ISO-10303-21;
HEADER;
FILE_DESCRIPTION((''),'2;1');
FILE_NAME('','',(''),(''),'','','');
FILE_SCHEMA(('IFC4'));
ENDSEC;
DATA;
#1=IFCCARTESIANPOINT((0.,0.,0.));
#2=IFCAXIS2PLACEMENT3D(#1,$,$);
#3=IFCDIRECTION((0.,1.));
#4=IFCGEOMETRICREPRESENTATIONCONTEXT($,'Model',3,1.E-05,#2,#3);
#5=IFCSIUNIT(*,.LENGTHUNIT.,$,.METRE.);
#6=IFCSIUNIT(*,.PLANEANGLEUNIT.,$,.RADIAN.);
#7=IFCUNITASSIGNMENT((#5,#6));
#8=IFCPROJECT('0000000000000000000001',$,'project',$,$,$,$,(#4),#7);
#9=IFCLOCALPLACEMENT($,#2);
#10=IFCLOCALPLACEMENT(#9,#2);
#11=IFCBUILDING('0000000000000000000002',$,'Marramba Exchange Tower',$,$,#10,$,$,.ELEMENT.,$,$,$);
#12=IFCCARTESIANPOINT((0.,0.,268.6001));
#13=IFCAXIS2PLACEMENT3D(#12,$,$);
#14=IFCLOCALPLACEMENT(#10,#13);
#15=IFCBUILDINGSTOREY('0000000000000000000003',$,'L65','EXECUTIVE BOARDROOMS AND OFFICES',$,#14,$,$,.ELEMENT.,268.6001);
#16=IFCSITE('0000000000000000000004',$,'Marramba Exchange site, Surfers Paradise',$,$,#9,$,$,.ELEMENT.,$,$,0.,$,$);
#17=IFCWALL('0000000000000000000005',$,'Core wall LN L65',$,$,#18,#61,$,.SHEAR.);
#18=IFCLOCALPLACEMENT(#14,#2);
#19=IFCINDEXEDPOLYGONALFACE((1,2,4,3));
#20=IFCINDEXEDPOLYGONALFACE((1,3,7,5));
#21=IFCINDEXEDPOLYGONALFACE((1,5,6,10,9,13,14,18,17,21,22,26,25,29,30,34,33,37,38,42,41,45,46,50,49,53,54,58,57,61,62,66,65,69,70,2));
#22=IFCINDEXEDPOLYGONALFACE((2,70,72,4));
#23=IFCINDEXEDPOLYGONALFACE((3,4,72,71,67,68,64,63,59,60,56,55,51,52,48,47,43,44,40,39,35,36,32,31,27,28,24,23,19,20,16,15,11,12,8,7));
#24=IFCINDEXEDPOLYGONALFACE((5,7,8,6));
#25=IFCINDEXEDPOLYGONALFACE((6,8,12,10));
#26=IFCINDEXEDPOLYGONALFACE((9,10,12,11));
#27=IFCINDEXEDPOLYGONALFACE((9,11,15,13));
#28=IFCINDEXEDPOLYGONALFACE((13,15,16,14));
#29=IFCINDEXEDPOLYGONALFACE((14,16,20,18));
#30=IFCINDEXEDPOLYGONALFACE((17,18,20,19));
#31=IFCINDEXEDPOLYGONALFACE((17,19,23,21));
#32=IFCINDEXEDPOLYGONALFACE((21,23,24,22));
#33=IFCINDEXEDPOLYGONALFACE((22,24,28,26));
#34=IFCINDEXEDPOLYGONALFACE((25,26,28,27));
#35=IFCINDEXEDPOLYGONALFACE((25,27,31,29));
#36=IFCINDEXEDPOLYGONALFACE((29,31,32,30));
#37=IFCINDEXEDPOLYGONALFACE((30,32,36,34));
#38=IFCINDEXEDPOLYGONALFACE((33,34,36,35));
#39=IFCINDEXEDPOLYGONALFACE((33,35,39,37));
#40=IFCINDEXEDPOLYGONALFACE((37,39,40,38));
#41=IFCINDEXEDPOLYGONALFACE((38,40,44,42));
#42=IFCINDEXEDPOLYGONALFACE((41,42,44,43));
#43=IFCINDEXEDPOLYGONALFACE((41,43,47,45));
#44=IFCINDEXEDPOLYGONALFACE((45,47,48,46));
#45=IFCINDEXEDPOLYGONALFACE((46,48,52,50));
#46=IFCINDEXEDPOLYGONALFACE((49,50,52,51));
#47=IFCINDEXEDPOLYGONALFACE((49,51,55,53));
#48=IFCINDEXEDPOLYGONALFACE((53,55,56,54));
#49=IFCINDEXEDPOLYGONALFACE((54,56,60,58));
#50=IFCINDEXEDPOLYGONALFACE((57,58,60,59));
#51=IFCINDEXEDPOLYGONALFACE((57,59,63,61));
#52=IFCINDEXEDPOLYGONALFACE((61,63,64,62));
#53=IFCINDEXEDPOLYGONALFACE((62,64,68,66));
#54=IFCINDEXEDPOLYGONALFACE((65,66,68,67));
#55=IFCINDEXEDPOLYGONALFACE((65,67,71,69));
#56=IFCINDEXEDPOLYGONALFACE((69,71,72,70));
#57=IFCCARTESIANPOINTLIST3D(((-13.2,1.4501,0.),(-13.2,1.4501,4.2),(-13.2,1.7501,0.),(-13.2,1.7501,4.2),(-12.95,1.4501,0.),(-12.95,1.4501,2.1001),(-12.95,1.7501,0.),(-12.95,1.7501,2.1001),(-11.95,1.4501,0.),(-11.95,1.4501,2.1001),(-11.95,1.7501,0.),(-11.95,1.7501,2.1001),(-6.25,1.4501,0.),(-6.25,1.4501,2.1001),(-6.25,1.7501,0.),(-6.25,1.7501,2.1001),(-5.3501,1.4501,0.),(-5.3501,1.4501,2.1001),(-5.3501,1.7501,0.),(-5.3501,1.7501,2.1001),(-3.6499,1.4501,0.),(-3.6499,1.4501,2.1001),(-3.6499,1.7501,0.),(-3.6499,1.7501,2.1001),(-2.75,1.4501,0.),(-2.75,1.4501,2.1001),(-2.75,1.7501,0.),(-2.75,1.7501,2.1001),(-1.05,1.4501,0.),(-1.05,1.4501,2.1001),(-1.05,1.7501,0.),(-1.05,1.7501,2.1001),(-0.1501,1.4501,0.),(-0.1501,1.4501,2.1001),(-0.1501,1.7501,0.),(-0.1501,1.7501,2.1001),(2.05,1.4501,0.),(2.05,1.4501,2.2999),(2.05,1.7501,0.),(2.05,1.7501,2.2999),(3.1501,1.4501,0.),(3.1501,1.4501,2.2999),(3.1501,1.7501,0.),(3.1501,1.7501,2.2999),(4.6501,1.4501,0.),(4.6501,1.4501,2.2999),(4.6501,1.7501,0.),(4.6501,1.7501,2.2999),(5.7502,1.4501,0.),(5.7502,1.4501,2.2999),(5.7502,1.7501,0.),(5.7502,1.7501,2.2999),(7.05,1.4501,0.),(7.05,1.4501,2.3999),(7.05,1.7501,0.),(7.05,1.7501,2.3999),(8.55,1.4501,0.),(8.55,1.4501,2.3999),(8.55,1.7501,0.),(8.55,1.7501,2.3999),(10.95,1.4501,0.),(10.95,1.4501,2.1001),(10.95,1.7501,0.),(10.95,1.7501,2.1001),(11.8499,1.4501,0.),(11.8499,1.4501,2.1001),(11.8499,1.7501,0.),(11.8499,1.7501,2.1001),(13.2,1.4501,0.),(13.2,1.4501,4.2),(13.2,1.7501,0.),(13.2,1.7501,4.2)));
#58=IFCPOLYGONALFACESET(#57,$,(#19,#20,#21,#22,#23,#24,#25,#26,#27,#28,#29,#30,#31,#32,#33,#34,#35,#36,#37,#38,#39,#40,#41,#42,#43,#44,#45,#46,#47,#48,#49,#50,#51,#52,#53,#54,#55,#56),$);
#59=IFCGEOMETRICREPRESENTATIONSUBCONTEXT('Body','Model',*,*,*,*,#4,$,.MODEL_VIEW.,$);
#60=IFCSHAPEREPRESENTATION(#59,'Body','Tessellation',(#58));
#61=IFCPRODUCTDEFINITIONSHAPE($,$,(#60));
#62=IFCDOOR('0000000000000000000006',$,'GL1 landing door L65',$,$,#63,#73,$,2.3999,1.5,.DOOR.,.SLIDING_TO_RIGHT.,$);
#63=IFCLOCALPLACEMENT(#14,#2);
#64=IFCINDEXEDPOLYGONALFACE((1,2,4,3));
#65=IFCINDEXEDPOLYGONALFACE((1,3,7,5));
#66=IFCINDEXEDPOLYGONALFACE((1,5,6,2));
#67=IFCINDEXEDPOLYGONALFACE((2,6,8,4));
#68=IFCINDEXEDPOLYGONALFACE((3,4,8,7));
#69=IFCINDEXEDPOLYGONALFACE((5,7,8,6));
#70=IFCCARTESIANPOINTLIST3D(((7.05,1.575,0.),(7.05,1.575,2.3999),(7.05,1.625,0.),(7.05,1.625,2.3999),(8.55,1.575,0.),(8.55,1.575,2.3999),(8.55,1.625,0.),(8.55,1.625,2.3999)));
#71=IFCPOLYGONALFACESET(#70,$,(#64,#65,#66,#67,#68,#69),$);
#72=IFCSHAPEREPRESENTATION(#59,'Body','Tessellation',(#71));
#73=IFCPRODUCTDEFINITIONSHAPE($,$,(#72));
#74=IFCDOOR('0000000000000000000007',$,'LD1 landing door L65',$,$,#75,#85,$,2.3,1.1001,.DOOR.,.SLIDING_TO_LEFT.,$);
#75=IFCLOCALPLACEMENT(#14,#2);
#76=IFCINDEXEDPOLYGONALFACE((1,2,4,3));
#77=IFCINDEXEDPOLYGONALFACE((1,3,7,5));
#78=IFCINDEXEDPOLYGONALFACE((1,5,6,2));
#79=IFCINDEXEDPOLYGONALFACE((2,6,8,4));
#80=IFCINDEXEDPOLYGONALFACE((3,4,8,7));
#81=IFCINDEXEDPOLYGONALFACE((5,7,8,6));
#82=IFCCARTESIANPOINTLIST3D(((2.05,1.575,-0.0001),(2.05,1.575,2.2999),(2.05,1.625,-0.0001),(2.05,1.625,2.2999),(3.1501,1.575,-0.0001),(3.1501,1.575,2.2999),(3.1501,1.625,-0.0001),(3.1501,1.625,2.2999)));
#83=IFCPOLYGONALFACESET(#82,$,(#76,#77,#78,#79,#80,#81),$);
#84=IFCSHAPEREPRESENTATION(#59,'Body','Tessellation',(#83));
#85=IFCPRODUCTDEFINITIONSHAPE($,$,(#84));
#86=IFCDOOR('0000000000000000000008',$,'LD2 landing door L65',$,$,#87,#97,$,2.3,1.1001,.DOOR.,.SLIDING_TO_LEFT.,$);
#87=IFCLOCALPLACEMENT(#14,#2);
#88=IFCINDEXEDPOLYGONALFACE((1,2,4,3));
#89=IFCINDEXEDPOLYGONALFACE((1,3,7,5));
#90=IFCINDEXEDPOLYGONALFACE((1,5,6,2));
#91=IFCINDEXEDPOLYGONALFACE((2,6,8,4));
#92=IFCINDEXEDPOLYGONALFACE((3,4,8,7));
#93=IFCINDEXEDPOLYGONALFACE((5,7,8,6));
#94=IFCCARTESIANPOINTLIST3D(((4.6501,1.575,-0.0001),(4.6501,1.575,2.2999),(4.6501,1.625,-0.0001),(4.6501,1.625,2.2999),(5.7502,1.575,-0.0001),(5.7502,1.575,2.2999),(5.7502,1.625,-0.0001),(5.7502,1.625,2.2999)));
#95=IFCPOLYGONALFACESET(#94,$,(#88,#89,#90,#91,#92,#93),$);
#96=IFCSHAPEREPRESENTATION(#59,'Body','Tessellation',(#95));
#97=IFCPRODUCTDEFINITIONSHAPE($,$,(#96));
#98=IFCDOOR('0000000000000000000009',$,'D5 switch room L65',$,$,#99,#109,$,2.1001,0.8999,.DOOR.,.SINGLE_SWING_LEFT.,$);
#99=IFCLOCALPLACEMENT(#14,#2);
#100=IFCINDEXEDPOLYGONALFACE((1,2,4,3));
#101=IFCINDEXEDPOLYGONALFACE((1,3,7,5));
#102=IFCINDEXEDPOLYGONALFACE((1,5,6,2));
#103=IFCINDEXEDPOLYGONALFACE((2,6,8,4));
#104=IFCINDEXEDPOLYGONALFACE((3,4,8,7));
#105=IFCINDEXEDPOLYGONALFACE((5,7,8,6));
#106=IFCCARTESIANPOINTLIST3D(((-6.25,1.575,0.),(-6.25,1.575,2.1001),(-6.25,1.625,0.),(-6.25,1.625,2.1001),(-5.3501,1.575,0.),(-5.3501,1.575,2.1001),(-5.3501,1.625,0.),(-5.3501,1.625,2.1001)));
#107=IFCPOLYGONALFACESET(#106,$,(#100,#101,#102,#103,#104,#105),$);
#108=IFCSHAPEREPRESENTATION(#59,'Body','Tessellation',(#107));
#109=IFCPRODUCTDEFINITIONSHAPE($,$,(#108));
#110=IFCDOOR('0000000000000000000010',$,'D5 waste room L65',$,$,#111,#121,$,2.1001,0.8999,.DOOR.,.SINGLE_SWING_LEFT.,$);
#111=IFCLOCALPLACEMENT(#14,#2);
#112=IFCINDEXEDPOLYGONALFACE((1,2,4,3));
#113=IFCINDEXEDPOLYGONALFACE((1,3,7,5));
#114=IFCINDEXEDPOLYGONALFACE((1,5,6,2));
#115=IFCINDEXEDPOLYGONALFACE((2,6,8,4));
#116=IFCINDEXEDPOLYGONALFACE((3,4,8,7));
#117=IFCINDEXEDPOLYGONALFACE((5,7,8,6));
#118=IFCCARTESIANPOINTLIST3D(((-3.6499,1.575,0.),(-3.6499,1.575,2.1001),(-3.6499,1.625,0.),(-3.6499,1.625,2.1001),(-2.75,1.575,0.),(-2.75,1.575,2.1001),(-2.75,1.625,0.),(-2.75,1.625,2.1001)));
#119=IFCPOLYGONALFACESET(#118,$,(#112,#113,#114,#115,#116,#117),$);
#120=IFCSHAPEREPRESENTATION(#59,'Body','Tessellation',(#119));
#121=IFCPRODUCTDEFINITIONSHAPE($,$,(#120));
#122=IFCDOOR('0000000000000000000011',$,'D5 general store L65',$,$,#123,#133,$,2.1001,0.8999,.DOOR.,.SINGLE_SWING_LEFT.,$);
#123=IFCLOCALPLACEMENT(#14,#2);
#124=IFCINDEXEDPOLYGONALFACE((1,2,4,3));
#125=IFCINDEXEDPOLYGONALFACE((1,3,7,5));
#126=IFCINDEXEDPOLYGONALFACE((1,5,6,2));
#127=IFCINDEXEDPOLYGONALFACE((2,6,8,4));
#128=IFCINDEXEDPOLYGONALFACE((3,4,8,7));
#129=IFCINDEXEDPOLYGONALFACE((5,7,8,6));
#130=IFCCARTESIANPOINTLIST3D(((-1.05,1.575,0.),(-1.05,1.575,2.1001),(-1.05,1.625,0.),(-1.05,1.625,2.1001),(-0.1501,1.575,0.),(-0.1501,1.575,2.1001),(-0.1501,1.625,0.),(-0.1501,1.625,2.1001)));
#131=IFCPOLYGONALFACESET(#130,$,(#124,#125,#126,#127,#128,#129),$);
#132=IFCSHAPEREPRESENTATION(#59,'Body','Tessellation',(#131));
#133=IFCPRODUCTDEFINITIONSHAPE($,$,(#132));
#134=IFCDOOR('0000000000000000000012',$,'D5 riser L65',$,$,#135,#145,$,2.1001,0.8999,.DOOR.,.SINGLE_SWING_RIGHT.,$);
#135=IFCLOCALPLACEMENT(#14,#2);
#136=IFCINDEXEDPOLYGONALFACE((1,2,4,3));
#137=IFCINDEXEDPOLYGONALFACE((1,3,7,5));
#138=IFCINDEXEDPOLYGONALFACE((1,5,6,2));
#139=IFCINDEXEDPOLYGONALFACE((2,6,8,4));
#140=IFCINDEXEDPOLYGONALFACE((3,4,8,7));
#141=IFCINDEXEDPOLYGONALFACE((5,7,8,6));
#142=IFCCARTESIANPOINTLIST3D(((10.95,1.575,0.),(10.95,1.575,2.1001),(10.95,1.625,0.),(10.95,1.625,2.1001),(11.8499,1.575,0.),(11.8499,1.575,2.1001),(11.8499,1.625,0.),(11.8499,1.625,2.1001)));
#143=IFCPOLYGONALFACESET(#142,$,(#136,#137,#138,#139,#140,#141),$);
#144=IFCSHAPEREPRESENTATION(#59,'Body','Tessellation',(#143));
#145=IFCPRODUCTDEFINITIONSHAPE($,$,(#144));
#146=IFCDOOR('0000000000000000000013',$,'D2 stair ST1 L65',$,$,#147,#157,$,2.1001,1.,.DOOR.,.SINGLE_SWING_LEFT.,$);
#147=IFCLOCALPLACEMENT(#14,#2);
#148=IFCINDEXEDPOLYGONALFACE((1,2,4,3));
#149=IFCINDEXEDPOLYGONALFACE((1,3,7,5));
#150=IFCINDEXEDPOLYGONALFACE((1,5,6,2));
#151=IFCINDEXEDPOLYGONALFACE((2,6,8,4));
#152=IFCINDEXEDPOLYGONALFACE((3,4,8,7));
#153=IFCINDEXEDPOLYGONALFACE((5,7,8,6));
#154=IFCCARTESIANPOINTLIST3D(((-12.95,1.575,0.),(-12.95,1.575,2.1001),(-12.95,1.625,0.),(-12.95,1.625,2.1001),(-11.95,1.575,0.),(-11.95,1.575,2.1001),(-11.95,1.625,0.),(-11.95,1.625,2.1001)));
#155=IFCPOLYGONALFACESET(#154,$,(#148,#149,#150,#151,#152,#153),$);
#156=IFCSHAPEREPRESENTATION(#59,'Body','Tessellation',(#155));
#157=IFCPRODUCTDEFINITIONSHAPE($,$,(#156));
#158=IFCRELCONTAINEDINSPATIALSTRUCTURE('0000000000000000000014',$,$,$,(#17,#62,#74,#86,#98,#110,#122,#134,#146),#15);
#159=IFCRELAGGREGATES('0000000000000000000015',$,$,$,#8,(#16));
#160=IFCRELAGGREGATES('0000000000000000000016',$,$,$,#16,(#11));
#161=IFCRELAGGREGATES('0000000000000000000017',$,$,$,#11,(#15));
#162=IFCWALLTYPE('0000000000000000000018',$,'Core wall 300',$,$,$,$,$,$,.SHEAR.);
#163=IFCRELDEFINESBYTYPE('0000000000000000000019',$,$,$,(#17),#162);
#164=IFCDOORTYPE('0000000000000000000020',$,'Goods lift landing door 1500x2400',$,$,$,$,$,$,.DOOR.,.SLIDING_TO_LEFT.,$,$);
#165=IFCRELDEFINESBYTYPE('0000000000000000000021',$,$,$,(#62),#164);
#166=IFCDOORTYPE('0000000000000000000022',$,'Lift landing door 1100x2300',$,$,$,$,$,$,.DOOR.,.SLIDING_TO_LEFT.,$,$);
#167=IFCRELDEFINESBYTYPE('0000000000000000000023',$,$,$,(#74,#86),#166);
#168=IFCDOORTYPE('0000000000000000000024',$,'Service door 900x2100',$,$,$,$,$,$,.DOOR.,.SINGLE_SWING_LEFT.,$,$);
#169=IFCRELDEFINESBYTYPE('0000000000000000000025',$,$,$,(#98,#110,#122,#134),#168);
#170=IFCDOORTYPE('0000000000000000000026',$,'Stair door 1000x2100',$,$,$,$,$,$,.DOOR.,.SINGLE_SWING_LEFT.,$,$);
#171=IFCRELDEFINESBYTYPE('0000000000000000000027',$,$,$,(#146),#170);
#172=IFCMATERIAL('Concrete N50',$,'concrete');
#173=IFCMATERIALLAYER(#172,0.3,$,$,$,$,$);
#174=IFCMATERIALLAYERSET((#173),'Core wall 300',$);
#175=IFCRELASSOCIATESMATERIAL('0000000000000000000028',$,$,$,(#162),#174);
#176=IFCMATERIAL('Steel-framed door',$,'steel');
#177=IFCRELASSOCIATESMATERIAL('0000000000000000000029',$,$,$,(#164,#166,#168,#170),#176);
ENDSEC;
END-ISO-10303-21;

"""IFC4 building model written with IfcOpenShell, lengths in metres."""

from ifc_helpers import new_model, si_unit, direction, frame, frame_2d, origin, place, context, subcontext, project, spatial, rectangle, extrude, material, layer, layer_set, type_object, element, fill, save


model = new_model("IFC4")

# Units and contexts
model_context = context("Model", 3, precision=1e-05, world=origin(), true_north=direction((0.0, 1.0)))
body_context = subcontext(model_context, "Body", "Model", "MODEL_VIEW")
ifc_project = project(units=[si_unit("LENGTHUNIT", "METRE"), si_unit("PLANEANGLEUNIT", "RADIAN")], contexts=[model_context])

# Site, building, storey
site_placement = place(None, origin())
site = spatial("IfcSite", under=ifc_project, at=site_placement, Name="Marramba Exchange site, Surfers Paradise", CompositionType="ELEMENT", RefElevation=0.0)
building_placement = place(site_placement, origin())
building = spatial("IfcBuilding", under=site, at=building_placement, Name="Marramba Exchange Tower", CompositionType="ELEMENT")
storey_placement = place(building_placement, frame((0.0, 0.0, 268.6001)))
storey = spatial("IfcBuildingStorey", under=building, at=storey_placement, Name="L65", Description="EXECUTIVE BOARDROOMS AND OFFICES", CompositionType="ELEMENT", Elevation=268.6001)

# Wall, openings, doors
ifc_material_1 = material(Name="Concrete N50", Category="concrete")
ifc_layer_1 = layer(ifc_material_1, 0.3)
ifc_layer_set_1 = layer_set([ifc_layer_1], Name="Core wall 300")
wall_type_1 = type_object("IfcWallType", Name="Core wall 300", PredefinedType="SHEAR", material=ifc_layer_set_1)
wall_1_placement = place(storey_placement, frame((-13.2, 1.6001, 0.0), z_axis=(0.0, 0.0, 1.0), x_axis=(1.0, 0.0, 0.0)))
wall_1 = element("IfcWall", 1, at=wall_1_placement, inside=storey, type_object=wall_type_1, Name="Core wall LN L65", PredefinedType="SHEAR", context=body_context, shape_type="SweptSolid", body=[
    extrude(rectangle(XDim=26.3999, YDim=0.3, at=frame_2d((13.2, 0.0))), origin(), (0.0, 0.0, 1.0), 4.2),
])
opening_1_placement = place(wall_1_placement, frame((0.25, 0.0, 0.0)))
opening_1 = element("IfcOpeningElement", 2, at=opening_1_placement, cuts=wall_1, PredefinedType="OPENING", context=body_context, shape_type="SweptSolid", body=[
    extrude(rectangle(XDim=1.0, YDim=2.1001, at=frame_2d((0.5, 1.05))), frame((0.0, 0.1599, 0.0), z_axis=(0.0, -1.0, 0.0), x_axis=(1.0, 0.0, 0.0)), (0.0, 0.0, 1.0), 0.3201),
])
opening_2_placement = place(wall_1_placement, frame((20.25, 0.0, 0.0)))
opening_2 = element("IfcOpeningElement", 3, at=opening_2_placement, cuts=wall_1, PredefinedType="OPENING", context=body_context, shape_type="SweptSolid", body=[
    extrude(rectangle(XDim=1.5, YDim=2.3999, at=frame_2d((0.75, 1.2))), frame((0.0, 0.1599, 0.0), z_axis=(0.0, -1.0, 0.0), x_axis=(1.0, 0.0, 0.0)), (0.0, 0.0, 1.0), 0.3201),
])
opening_3_placement = place(wall_1_placement, frame((6.95, 0.0, 0.0)))
opening_3 = element("IfcOpeningElement", 4, at=opening_3_placement, cuts=wall_1, PredefinedType="OPENING", context=body_context, shape_type="SweptSolid", body=[
    extrude(rectangle(XDim=0.8999, YDim=2.1001, at=frame_2d((0.45, 1.05))), frame((0.0, 0.1599, 0.0), z_axis=(0.0, -1.0, 0.0), x_axis=(1.0, 0.0, 0.0)), (0.0, 0.0, 1.0), 0.3201),
])
opening_4_placement = place(wall_1_placement, frame((9.55, 0.0, 0.0)))
opening_4 = element("IfcOpeningElement", 5, at=opening_4_placement, cuts=wall_1, PredefinedType="OPENING", context=body_context, shape_type="SweptSolid", body=[
    extrude(rectangle(XDim=0.8999, YDim=2.1001, at=frame_2d((0.45, 1.05))), frame((0.0, 0.1599, 0.0), z_axis=(0.0, -1.0, 0.0), x_axis=(1.0, 0.0, 0.0)), (0.0, 0.0, 1.0), 0.3201),
])
opening_5_placement = place(wall_1_placement, frame((12.1499, 0.0, 0.0)))
opening_5 = element("IfcOpeningElement", 6, at=opening_5_placement, cuts=wall_1, PredefinedType="OPENING", context=body_context, shape_type="SweptSolid", body=[
    extrude(rectangle(XDim=0.8999, YDim=2.1001, at=frame_2d((0.45, 1.05))), frame((0.0, 0.1599, 0.0), z_axis=(0.0, -1.0, 0.0), x_axis=(1.0, 0.0, 0.0)), (0.0, 0.0, 1.0), 0.3201),
])
opening_6_placement = place(wall_1_placement, frame((15.25, 0.0, 0.0)))
opening_6 = element("IfcOpeningElement", 7, at=opening_6_placement, cuts=wall_1, PredefinedType="OPENING", context=body_context, shape_type="SweptSolid", body=[
    extrude(rectangle(XDim=1.1001, YDim=2.3, at=frame_2d((0.55, 1.1499))), frame((0.0, 0.1599, 0.0), z_axis=(0.0, -1.0, 0.0), x_axis=(1.0, 0.0, 0.0)), (0.0, 0.0, 1.0), 0.3201),
])
opening_7_placement = place(wall_1_placement, frame((17.8501, 0.0, 0.0)))
opening_7 = element("IfcOpeningElement", 8, at=opening_7_placement, cuts=wall_1, PredefinedType="OPENING", context=body_context, shape_type="SweptSolid", body=[
    extrude(rectangle(XDim=1.1001, YDim=2.3, at=frame_2d((0.55, 1.1499))), frame((0.0, 0.1599, 0.0), z_axis=(0.0, -1.0, 0.0), x_axis=(1.0, 0.0, 0.0)), (0.0, 0.0, 1.0), 0.3201),
])
opening_8_placement = place(wall_1_placement, frame((24.1499, 0.0, 0.0)))
opening_8 = element("IfcOpeningElement", 9, at=opening_8_placement, cuts=wall_1, PredefinedType="OPENING", context=body_context, shape_type="SweptSolid", body=[
    extrude(rectangle(XDim=0.8999, YDim=2.1001, at=frame_2d((0.45, 1.05))), frame((0.0, 0.1599, 0.0), z_axis=(0.0, -1.0, 0.0), x_axis=(1.0, 0.0, 0.0)), (0.0, 0.0, 1.0), 0.3201),
])
ifc_material_2 = material(Name="Steel-framed door", Category="steel")
door_type_1 = type_object("IfcDoorType", Name="Goods lift landing door 1500x2400", OperationType="SLIDING_TO_LEFT", PredefinedType="DOOR", material=ifc_material_2)
door_1_placement = place(opening_2_placement, origin())
door_1 = element("IfcDoor", 10, at=door_1_placement, inside=storey, type_object=door_type_1, Name="GL1 landing door L65", OperationType="SLIDING_TO_RIGHT", OverallHeight=2.3999, OverallWidth=1.5, PredefinedType="DOOR", context=body_context, shape_type="SweptSolid", body=[
    extrude(rectangle(XDim=1.5, YDim=2.3999, at=frame_2d((0.75, 1.2))), frame((0.0, 0.0249, 0.0), z_axis=(0.0, -1.0, 0.0), x_axis=(1.0, 0.0, 0.0)), (0.0, 0.0, 1.0), 0.05),
])
fill(opening_2, door_1)
door_type_2 = type_object("IfcDoorType", Name="Lift landing door 1100x2300", OperationType="SLIDING_TO_LEFT", PredefinedType="DOOR", material=ifc_material_2)
door_2_placement = place(opening_6_placement, origin())
door_2 = element("IfcDoor", 11, at=door_2_placement, inside=storey, type_object=door_type_2, Name="LD1 landing door L65", OperationType="SLIDING_TO_LEFT", OverallHeight=2.3, OverallWidth=1.1001, PredefinedType="DOOR", context=body_context, shape_type="SweptSolid", body=[
    extrude(rectangle(XDim=1.1001, YDim=2.3, at=frame_2d((0.55, 1.1499))), frame((0.0, 0.0249, 0.0), z_axis=(0.0, -1.0, 0.0), x_axis=(1.0, 0.0, 0.0)), (0.0, 0.0, 1.0), 0.05),
])
fill(opening_6, door_2)
door_3_placement = place(opening_7_placement, origin())
door_3 = element("IfcDoor", 12, at=door_3_placement, inside=storey, type_object=door_type_2, Name="LD2 landing door L65", OperationType="SLIDING_TO_LEFT", OverallHeight=2.3, OverallWidth=1.1001, PredefinedType="DOOR", context=body_context, shape_type="SweptSolid", body=[
    extrude(rectangle(XDim=1.1001, YDim=2.3, at=frame_2d((0.55, 1.1499))), frame((0.0, 0.0249, 0.0), z_axis=(0.0, -1.0, 0.0), x_axis=(1.0, 0.0, 0.0)), (0.0, 0.0, 1.0), 0.05),
])
fill(opening_7, door_3)
door_type_3 = type_object("IfcDoorType", Name="Service door 900x2100", OperationType="SINGLE_SWING_LEFT", PredefinedType="DOOR", material=ifc_material_2)
door_4_placement = place(opening_3_placement, origin())
door_4 = element("IfcDoor", 13, at=door_4_placement, inside=storey, type_object=door_type_3, Name="D5 switch room L65", OperationType="SINGLE_SWING_LEFT", OverallHeight=2.1001, OverallWidth=0.8999, PredefinedType="DOOR", context=body_context, shape_type="SweptSolid", body=[
    extrude(rectangle(XDim=0.8999, YDim=2.1001, at=frame_2d((0.45, 1.05))), frame((0.0, 0.0249, 0.0), z_axis=(0.0, -1.0, 0.0), x_axis=(1.0, 0.0, 0.0)), (0.0, 0.0, 1.0), 0.05),
])
fill(opening_3, door_4)
door_5_placement = place(opening_4_placement, origin())
door_5 = element("IfcDoor", 14, at=door_5_placement, inside=storey, type_object=door_type_3, Name="D5 waste room L65", OperationType="SINGLE_SWING_LEFT", OverallHeight=2.1001, OverallWidth=0.8999, PredefinedType="DOOR", context=body_context, shape_type="SweptSolid", body=[
    extrude(rectangle(XDim=0.8999, YDim=2.1001, at=frame_2d((0.45, 1.05))), frame((0.0, 0.0249, 0.0), z_axis=(0.0, -1.0, 0.0), x_axis=(1.0, 0.0, 0.0)), (0.0, 0.0, 1.0), 0.05),
])
fill(opening_4, door_5)
door_6_placement = place(opening_5_placement, origin())
door_6 = element("IfcDoor", 15, at=door_6_placement, inside=storey, type_object=door_type_3, Name="D5 general store L65", OperationType="SINGLE_SWING_LEFT", OverallHeight=2.1001, OverallWidth=0.8999, PredefinedType="DOOR", context=body_context, shape_type="SweptSolid", body=[
    extrude(rectangle(XDim=0.8999, YDim=2.1001, at=frame_2d((0.45, 1.05))), frame((0.0, 0.0249, 0.0), z_axis=(0.0, -1.0, 0.0), x_axis=(1.0, 0.0, 0.0)), (0.0, 0.0, 1.0), 0.05),
])
fill(opening_5, door_6)
door_7_placement = place(opening_8_placement, origin())
door_7 = element("IfcDoor", 16, at=door_7_placement, inside=storey, type_object=door_type_3, Name="D5 riser L65", OperationType="SINGLE_SWING_RIGHT", OverallHeight=2.1001, OverallWidth=0.8999, PredefinedType="DOOR", context=body_context, shape_type="SweptSolid", body=[
    extrude(rectangle(XDim=0.8999, YDim=2.1001, at=frame_2d((0.45, 1.05))), frame((0.0, 0.0249, 0.0), z_axis=(0.0, -1.0, 0.0), x_axis=(1.0, 0.0, 0.0)), (0.0, 0.0, 1.0), 0.05),
])
fill(opening_8, door_7)
door_type_4 = type_object("IfcDoorType", Name="Stair door 1000x2100", OperationType="SINGLE_SWING_LEFT", PredefinedType="DOOR", material=ifc_material_2)
door_8_placement = place(opening_1_placement, origin())
door_8 = element("IfcDoor", 17, at=door_8_placement, inside=storey, type_object=door_type_4, Name="D2 stair ST1 L65", OperationType="SINGLE_SWING_LEFT", OverallHeight=2.1001, OverallWidth=1.0, PredefinedType="DOOR", context=body_context, shape_type="SweptSolid", body=[
    extrude(rectangle(XDim=1.0, YDim=2.1001, at=frame_2d((0.5, 1.05))), frame((0.0, 0.0249, 0.0), z_axis=(0.0, -1.0, 0.0), x_axis=(1.0, 0.0, 0.0)), (0.0, 0.0, 1.0), 0.05),
])
fill(opening_1, door_8)

save(model, "model.ifc")
